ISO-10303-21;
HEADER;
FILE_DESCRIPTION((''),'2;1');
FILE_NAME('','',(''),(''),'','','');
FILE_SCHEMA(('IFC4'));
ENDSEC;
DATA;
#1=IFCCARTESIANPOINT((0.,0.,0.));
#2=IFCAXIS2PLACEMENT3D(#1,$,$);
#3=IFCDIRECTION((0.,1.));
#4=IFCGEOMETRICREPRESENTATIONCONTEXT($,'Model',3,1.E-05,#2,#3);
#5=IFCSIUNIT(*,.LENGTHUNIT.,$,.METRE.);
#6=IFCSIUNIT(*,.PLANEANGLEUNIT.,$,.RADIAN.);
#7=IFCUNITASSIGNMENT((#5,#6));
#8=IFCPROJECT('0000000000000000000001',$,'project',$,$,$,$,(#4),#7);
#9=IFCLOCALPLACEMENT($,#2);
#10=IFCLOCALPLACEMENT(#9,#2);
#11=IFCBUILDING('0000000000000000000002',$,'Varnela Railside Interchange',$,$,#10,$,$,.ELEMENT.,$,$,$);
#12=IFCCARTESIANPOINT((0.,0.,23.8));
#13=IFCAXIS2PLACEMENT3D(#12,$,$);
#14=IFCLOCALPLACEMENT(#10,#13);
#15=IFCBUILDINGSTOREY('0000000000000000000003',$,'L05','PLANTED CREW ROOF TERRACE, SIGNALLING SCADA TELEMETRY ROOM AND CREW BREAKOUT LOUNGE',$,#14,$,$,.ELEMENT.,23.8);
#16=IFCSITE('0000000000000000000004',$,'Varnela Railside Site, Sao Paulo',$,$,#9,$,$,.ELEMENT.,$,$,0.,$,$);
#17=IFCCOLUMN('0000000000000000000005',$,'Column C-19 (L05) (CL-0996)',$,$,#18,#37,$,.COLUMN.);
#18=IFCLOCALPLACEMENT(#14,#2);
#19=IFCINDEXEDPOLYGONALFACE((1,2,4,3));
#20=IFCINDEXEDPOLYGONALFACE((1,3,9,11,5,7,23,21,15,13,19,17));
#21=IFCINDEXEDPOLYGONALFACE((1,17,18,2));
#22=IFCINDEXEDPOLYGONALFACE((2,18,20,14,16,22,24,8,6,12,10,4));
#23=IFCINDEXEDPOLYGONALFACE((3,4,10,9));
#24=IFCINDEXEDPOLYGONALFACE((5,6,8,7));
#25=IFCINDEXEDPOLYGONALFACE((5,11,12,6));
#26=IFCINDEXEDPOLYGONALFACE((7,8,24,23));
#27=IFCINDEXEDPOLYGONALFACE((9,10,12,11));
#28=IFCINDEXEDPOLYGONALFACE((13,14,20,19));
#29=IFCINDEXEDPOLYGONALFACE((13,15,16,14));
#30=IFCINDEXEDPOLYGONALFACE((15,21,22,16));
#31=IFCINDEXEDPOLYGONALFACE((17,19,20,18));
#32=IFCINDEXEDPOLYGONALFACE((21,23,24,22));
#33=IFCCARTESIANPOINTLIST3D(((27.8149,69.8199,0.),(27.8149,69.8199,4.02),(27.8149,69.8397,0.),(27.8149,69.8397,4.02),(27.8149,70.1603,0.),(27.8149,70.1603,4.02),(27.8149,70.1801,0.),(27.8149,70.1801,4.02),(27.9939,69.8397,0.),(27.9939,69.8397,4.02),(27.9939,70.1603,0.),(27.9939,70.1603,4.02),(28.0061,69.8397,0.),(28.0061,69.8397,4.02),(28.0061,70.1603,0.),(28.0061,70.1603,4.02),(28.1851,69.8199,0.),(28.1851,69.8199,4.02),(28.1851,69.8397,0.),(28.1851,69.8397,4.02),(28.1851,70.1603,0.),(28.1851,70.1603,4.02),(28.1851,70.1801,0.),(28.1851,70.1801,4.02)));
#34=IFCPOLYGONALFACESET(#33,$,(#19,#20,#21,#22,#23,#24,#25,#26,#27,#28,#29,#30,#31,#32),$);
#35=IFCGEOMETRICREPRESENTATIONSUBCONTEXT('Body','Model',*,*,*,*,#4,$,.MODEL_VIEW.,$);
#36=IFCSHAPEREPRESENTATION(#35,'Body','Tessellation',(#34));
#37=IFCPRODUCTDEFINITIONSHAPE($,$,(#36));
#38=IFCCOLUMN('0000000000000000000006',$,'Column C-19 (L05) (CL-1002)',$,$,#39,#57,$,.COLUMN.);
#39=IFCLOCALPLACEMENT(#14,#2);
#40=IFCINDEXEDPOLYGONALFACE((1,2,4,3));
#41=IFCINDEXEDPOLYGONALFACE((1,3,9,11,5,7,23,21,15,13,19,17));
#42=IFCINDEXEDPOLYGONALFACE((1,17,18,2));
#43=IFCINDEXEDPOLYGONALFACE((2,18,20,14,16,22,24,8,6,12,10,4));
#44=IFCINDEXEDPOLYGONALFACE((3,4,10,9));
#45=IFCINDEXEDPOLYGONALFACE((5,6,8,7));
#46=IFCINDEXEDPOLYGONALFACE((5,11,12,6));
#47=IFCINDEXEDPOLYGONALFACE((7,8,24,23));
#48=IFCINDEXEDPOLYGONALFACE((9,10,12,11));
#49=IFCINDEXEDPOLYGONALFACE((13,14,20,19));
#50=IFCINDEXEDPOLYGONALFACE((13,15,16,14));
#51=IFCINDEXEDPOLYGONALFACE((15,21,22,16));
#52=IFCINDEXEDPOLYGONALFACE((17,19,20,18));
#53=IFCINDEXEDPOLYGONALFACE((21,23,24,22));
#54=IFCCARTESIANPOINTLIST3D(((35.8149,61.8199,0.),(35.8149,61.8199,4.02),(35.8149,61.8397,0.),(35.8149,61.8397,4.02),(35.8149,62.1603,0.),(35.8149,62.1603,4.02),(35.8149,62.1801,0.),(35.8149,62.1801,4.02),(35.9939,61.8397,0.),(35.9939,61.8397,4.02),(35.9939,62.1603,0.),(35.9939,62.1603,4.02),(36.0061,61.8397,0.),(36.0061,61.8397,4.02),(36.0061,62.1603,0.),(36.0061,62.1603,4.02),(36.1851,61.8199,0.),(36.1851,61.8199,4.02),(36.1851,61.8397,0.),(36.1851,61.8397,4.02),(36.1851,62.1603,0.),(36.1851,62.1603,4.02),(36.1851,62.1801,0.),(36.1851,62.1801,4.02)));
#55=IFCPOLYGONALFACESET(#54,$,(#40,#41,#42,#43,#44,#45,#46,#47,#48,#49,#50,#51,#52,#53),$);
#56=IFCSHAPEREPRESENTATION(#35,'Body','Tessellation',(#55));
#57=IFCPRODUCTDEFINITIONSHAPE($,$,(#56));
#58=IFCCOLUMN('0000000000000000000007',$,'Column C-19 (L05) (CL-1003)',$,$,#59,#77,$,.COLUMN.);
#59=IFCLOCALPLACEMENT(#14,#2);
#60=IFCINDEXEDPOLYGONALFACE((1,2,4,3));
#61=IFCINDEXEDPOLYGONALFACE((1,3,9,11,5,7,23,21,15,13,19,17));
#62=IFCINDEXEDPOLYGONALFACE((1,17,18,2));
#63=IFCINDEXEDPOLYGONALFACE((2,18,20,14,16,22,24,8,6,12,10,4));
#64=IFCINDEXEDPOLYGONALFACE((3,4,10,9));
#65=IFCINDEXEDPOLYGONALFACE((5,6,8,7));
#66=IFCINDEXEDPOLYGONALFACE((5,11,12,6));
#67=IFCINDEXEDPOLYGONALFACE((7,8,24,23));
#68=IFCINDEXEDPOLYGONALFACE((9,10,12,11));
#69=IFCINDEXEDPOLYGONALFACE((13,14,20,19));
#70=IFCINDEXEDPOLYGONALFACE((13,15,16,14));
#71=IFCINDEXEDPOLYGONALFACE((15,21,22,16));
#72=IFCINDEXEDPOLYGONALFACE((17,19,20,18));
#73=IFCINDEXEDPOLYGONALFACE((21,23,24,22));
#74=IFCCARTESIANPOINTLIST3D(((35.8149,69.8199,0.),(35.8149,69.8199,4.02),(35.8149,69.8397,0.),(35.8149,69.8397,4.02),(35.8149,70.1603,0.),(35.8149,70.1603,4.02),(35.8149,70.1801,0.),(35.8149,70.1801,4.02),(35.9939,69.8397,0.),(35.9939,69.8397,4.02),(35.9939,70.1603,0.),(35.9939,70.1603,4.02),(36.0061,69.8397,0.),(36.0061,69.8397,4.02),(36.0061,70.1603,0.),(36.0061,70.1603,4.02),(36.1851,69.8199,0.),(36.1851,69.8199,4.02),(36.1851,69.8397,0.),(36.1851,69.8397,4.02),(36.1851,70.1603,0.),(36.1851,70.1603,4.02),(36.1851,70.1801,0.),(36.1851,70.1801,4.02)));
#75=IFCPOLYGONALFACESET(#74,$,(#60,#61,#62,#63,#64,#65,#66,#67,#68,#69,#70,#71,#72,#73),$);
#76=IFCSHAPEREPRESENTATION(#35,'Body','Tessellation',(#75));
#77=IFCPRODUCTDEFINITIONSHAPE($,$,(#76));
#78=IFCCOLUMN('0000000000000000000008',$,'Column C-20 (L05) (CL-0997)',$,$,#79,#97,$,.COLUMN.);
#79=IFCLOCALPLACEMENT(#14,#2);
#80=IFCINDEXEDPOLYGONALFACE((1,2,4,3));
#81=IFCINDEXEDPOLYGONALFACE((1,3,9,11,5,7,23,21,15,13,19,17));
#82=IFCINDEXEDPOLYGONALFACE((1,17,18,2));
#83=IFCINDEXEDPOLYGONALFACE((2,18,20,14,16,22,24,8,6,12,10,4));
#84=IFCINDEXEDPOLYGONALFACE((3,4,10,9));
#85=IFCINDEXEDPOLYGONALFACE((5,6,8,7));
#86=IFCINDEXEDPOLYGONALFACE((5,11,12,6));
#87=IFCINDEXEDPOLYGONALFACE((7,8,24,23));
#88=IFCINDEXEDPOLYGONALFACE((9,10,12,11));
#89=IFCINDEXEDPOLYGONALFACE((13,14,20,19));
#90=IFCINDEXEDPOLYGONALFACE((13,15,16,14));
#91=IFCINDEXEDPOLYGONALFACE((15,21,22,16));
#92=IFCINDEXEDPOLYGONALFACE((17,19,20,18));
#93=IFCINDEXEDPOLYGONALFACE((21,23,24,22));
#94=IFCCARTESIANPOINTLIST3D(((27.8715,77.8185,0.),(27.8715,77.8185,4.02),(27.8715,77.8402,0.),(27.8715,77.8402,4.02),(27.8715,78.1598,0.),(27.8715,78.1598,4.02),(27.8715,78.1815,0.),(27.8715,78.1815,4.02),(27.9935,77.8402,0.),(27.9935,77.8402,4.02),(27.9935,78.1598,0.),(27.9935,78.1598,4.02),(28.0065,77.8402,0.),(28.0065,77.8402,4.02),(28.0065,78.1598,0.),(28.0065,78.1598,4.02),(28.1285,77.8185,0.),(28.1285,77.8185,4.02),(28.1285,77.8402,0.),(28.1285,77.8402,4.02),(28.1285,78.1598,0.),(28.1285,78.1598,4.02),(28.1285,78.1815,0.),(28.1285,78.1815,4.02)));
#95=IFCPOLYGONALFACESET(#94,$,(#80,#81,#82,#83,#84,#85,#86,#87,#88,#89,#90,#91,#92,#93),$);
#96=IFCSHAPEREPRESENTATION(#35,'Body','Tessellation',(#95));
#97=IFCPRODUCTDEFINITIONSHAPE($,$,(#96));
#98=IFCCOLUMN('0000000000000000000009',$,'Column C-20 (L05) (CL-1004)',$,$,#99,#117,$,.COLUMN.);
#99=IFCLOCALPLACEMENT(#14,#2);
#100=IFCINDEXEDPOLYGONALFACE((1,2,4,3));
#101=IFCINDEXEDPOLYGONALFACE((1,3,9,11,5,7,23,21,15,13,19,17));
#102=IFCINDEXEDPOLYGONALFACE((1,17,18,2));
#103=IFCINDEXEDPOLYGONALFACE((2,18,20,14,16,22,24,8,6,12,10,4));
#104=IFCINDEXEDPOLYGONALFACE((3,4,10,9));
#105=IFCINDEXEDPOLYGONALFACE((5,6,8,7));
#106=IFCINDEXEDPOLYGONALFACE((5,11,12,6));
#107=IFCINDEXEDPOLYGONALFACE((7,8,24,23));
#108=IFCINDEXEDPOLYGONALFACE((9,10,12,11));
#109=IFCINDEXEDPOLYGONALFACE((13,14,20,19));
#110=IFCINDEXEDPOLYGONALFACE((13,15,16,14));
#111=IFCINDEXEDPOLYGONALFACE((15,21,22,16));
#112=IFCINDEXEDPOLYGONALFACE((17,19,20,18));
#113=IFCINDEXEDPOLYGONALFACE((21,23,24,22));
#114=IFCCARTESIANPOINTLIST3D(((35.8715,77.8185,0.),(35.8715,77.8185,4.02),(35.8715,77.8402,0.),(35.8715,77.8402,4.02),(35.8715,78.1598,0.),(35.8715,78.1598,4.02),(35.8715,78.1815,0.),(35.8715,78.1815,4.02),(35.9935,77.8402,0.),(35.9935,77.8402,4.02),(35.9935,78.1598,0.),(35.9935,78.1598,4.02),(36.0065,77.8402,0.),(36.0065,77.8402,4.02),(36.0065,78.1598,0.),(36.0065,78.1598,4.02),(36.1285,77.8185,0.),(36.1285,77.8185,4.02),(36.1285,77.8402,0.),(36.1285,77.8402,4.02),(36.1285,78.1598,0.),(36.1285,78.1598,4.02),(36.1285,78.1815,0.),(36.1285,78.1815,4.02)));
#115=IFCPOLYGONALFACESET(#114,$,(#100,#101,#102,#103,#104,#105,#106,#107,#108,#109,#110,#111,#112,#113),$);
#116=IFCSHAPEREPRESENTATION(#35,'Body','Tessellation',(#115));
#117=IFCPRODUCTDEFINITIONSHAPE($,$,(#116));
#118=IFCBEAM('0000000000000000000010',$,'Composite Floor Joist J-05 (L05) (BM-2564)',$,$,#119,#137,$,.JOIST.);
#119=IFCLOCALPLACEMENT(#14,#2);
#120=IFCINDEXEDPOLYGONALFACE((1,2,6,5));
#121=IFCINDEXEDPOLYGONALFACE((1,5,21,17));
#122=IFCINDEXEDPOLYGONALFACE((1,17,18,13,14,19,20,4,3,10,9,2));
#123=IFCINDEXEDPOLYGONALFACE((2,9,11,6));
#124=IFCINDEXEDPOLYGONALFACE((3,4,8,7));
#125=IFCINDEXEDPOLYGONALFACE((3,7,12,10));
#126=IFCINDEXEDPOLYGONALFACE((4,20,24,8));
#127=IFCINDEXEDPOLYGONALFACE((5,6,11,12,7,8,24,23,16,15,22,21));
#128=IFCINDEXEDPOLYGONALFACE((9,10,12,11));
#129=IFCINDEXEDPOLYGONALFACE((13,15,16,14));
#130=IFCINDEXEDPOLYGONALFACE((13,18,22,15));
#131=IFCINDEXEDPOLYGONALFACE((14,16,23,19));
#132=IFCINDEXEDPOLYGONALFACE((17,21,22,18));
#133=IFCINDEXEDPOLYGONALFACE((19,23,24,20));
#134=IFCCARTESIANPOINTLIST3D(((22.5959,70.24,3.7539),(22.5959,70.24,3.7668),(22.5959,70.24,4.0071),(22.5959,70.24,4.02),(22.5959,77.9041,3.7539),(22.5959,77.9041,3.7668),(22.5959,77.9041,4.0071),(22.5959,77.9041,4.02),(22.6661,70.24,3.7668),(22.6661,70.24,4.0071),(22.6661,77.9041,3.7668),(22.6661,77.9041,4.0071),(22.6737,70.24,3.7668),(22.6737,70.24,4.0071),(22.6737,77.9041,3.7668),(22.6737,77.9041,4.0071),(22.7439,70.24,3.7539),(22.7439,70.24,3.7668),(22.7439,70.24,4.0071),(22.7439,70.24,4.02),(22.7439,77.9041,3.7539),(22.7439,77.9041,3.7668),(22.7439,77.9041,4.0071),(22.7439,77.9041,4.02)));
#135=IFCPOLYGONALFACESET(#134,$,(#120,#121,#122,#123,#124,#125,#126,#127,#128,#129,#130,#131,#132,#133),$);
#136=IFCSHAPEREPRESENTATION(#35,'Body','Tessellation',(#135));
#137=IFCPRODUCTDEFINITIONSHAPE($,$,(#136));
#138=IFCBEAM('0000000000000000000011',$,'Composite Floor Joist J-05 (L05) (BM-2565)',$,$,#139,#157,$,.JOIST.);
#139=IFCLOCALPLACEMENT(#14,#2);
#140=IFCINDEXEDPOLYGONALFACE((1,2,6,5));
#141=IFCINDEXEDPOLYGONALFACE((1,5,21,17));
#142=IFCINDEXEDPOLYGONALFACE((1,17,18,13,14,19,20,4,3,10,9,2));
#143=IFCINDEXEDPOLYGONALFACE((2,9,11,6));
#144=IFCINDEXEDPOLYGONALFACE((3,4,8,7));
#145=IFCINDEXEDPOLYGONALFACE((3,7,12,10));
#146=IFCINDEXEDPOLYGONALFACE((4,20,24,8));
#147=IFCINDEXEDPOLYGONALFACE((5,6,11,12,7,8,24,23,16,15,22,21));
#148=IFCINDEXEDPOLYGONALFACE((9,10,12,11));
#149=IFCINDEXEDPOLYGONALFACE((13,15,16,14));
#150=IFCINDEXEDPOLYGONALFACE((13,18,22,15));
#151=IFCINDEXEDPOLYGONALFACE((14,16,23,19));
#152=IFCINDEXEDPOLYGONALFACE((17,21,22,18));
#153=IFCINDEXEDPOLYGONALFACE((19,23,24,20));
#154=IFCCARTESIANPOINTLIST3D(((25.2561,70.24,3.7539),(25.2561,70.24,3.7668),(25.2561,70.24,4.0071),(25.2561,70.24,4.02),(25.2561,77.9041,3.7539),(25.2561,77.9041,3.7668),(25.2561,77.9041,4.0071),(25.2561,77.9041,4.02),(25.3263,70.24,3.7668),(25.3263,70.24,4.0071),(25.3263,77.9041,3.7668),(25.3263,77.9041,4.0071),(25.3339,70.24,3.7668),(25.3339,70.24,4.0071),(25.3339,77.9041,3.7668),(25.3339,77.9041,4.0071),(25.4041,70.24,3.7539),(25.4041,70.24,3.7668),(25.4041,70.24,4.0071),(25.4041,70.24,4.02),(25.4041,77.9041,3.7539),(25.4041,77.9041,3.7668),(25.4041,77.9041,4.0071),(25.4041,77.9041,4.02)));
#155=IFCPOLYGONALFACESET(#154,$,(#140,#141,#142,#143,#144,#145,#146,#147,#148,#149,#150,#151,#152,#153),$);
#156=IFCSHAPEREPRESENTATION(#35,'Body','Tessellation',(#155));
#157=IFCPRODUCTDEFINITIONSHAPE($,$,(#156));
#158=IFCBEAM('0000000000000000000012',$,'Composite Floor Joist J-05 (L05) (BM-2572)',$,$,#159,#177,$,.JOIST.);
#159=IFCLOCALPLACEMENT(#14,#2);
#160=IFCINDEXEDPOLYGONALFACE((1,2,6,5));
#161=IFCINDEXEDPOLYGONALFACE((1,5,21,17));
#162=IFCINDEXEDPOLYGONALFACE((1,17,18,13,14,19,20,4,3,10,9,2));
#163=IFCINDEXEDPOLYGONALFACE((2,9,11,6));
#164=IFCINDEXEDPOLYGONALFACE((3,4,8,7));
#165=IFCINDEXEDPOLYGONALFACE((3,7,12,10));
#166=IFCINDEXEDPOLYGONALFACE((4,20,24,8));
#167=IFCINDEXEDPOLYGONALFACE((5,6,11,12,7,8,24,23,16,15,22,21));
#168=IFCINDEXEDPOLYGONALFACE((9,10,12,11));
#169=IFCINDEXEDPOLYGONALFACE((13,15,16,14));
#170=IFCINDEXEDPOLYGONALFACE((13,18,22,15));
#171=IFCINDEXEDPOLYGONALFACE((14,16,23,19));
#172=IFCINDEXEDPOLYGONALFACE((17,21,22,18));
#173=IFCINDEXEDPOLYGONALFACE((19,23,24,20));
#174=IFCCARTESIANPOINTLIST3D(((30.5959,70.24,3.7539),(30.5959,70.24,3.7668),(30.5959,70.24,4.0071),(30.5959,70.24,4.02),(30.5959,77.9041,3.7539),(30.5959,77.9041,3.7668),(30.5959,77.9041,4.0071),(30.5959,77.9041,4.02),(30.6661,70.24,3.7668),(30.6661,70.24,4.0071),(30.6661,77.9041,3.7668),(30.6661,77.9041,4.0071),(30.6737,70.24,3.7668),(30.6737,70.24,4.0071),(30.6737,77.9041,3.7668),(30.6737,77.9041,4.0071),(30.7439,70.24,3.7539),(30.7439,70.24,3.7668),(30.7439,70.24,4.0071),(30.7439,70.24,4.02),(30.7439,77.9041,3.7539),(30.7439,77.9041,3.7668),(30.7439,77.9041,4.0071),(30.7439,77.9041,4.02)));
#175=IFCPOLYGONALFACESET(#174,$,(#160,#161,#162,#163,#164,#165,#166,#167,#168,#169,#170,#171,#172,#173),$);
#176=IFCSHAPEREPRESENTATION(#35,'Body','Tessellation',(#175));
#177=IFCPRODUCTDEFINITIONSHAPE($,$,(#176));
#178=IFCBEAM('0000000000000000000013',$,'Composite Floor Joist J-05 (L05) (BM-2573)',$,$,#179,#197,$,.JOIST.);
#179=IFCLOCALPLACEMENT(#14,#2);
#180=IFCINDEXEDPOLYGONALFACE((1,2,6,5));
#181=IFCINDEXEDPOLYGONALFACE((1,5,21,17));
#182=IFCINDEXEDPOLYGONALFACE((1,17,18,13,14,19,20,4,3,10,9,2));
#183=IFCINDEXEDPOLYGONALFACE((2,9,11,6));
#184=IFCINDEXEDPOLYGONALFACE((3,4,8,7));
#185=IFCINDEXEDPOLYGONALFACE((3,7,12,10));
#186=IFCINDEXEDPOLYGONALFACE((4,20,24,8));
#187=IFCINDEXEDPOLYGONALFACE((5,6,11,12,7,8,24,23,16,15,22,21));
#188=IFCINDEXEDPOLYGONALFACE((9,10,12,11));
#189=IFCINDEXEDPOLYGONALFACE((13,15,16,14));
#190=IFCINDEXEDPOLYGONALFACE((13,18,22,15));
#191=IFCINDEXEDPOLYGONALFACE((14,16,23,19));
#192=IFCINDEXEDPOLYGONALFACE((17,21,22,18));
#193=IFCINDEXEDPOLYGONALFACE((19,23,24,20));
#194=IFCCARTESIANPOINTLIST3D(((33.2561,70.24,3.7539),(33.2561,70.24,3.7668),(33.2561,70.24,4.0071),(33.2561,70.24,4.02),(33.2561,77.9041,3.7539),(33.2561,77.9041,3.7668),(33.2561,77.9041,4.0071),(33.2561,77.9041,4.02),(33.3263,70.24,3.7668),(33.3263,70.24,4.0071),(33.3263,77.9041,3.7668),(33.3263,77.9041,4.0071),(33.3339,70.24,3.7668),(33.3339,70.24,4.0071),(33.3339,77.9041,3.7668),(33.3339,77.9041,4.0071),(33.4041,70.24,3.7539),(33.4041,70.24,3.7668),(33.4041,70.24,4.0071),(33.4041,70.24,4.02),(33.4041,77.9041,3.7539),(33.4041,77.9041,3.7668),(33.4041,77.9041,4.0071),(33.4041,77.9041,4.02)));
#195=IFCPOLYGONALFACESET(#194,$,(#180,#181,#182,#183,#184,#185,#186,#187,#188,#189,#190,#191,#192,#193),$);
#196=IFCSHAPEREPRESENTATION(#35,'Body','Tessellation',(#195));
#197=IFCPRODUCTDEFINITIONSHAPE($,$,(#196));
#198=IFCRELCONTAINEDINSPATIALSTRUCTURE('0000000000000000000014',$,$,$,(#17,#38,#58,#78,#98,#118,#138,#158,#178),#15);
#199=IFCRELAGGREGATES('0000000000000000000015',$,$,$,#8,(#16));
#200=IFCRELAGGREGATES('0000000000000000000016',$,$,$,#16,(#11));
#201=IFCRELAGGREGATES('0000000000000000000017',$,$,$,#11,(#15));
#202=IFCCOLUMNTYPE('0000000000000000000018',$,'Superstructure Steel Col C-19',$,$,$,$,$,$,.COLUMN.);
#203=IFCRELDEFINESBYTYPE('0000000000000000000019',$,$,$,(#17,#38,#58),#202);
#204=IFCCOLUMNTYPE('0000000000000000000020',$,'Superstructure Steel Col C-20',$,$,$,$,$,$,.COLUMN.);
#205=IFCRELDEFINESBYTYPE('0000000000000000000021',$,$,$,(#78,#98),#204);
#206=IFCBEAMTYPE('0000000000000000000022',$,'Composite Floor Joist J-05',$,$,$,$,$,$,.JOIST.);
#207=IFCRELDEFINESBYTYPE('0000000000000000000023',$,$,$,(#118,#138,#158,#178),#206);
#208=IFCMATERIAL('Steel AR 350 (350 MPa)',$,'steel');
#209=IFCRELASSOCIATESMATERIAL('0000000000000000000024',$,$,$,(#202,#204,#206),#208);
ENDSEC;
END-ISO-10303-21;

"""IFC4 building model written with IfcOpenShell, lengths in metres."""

from ifc_helpers import new_model, si_unit, direction, frame, origin, origin_2d, place, context, subcontext, project, spatial, i_section, extrude, material, material_profile, profile_set, type_object, element, save


model = new_model("IFC4")

# Units and contexts
model_context = context("Model", 3, precision=1e-05, world=origin(), true_north=direction((0.0, 1.0)))
body_context = subcontext(model_context, "Body", "Model", "MODEL_VIEW")
ifc_project = project(units=[si_unit("LENGTHUNIT", "METRE"), si_unit("PLANEANGLEUNIT", "RADIAN")], contexts=[model_context])

# Site, building, storey
site_placement = place(None, origin())
site = spatial("IfcSite", under=ifc_project, at=site_placement, Name="Varnela Railside Site, Sao Paulo", CompositionType="ELEMENT", RefElevation=0.0)
building_placement = place(site_placement, origin())
building = spatial("IfcBuilding", under=site, at=building_placement, Name="Varnela Railside Interchange", CompositionType="ELEMENT")
storey_placement = place(building_placement, frame((0.0, 0.0, 23.8)))
storey = spatial("IfcBuildingStorey", under=building, at=storey_placement, Name="L05", Description="PLANTED CREW ROOF TERRACE, SIGNALLING SCADA TELEMETRY ROOM AND CREW BREAKOUT LOUNGE", CompositionType="ELEMENT", Elevation=23.8)

# Columns
ifc_material_1 = material(Name="Steel AR 350 (350 MPa)", Category="steel")
ifc_material_profile_1 = material_profile(ifc_material_1, i_section(OverallWidth=0.3701, OverallDepth=0.3601, WebThickness=0.0122, FlangeThickness=0.0198, at=origin_2d()), Name="W360x147")
ifc_profile_set_1 = profile_set([ifc_material_profile_1], Name="Steel AR 350 (350 MPa)")
column_type_1 = type_object("IfcColumnType", Name="Superstructure Steel Col C-19", PredefinedType="COLUMN", material=ifc_profile_set_1)
for number, where, z_axis, x_axis, name in (
    (1, (28.0, 70.0, 0.0), (0.0, 0.0, 1.0), (1.0, 0.0, 0.0), "Column C-19 (L05) (CL-0996)"),
    (2, (36.0, 62.0, 0.0), (0.0, 0.0, 1.0), (1.0, 0.0, 0.0), "Column C-19 (L05) (CL-1002)"),
    (3, (36.0, 70.0, 0.0), (0.0, 0.0, 1.0), (1.0, 0.0, 0.0), "Column C-19 (L05) (CL-1003)"),
):
    element("IfcColumn", number, at=place(storey_placement, frame(where, z_axis=z_axis, x_axis=x_axis)), inside=storey, type_object=column_type_1, Name=name, PredefinedType="COLUMN", context=body_context, shape_type="SweptSolid", body=[
        extrude(i_section(OverallWidth=0.3701, OverallDepth=0.3601, WebThickness=0.0122, FlangeThickness=0.0198, at=origin_2d()), origin(), (0.0, 0.0, 1.0), 4.02),
    ])
ifc_material_profile_2 = material_profile(ifc_material_1, i_section(OverallWidth=0.2571, OverallDepth=0.363, WebThickness=0.0129, FlangeThickness=0.0217, at=origin_2d()), Name="W360x122")
ifc_profile_set_2 = profile_set([ifc_material_profile_2], Name="Steel AR 350 (350 MPa)")
column_type_2 = type_object("IfcColumnType", Name="Superstructure Steel Col C-20", PredefinedType="COLUMN", material=ifc_profile_set_2)
for number, where, z_axis, x_axis, name in (
    (4, (28.0, 78.0, 0.0), (0.0, 0.0, 1.0), (1.0, 0.0, 0.0), "Column C-20 (L05) (CL-0997)"),
    (5, (36.0, 78.0, 0.0), (0.0, 0.0, 1.0), (1.0, 0.0, 0.0), "Column C-20 (L05) (CL-1004)"),
):
    element("IfcColumn", number, at=place(storey_placement, frame(where, z_axis=z_axis, x_axis=x_axis)), inside=storey, type_object=column_type_2, Name=name, PredefinedType="COLUMN", context=body_context, shape_type="SweptSolid", body=[
        extrude(i_section(OverallWidth=0.2571, OverallDepth=0.363, WebThickness=0.0129, FlangeThickness=0.0217, at=origin_2d()), origin(), (0.0, 0.0, 1.0), 4.02),
    ])

# Beams
ifc_material_profile_3 = material_profile(ifc_material_1, i_section(OverallWidth=0.1479, OverallDepth=0.2661, WebThickness=0.0076, FlangeThickness=0.0129, at=origin_2d()), Name="W250x44.8")
ifc_profile_set_3 = profile_set([ifc_material_profile_3], Name="Steel AR 350 (350 MPa)")
beam_type_1 = type_object("IfcBeamType", Name="Composite Floor Joist J-05", PredefinedType="JOIST", material=ifc_profile_set_3)
for number, where, z_axis, x_axis, name in (
    (6, (22.6699, 70.24, 3.887), (0.0, 1.0, 0.0), (-1.0, 0.0, 0.0), "Composite Floor Joist J-05 (L05) (BM-2564)"),
    (7, (25.3301, 70.24, 3.887), (0.0, 1.0, 0.0), (-1.0, 0.0, 0.0), "Composite Floor Joist J-05 (L05) (BM-2565)"),
    (8, (30.6699, 70.24, 3.887), (0.0, 1.0, 0.0), (-1.0, 0.0, 0.0), "Composite Floor Joist J-05 (L05) (BM-2572)"),
    (9, (33.3301, 70.24, 3.887), (0.0, 1.0, 0.0), (-1.0, 0.0, 0.0), "Composite Floor Joist J-05 (L05) (BM-2573)"),
):
    element("IfcBeam", number, at=place(storey_placement, frame(where, z_axis=z_axis, x_axis=x_axis)), inside=storey, type_object=beam_type_1, Name=name, PredefinedType="JOIST", context=body_context, shape_type="SweptSolid", body=[
        extrude(i_section(OverallWidth=0.1479, OverallDepth=0.2661, WebThickness=0.0076, FlangeThickness=0.0129, at=origin_2d()), origin(), (0.0, 0.0, 1.0), 7.6641),
    ])

save(model, "model.ifc")
